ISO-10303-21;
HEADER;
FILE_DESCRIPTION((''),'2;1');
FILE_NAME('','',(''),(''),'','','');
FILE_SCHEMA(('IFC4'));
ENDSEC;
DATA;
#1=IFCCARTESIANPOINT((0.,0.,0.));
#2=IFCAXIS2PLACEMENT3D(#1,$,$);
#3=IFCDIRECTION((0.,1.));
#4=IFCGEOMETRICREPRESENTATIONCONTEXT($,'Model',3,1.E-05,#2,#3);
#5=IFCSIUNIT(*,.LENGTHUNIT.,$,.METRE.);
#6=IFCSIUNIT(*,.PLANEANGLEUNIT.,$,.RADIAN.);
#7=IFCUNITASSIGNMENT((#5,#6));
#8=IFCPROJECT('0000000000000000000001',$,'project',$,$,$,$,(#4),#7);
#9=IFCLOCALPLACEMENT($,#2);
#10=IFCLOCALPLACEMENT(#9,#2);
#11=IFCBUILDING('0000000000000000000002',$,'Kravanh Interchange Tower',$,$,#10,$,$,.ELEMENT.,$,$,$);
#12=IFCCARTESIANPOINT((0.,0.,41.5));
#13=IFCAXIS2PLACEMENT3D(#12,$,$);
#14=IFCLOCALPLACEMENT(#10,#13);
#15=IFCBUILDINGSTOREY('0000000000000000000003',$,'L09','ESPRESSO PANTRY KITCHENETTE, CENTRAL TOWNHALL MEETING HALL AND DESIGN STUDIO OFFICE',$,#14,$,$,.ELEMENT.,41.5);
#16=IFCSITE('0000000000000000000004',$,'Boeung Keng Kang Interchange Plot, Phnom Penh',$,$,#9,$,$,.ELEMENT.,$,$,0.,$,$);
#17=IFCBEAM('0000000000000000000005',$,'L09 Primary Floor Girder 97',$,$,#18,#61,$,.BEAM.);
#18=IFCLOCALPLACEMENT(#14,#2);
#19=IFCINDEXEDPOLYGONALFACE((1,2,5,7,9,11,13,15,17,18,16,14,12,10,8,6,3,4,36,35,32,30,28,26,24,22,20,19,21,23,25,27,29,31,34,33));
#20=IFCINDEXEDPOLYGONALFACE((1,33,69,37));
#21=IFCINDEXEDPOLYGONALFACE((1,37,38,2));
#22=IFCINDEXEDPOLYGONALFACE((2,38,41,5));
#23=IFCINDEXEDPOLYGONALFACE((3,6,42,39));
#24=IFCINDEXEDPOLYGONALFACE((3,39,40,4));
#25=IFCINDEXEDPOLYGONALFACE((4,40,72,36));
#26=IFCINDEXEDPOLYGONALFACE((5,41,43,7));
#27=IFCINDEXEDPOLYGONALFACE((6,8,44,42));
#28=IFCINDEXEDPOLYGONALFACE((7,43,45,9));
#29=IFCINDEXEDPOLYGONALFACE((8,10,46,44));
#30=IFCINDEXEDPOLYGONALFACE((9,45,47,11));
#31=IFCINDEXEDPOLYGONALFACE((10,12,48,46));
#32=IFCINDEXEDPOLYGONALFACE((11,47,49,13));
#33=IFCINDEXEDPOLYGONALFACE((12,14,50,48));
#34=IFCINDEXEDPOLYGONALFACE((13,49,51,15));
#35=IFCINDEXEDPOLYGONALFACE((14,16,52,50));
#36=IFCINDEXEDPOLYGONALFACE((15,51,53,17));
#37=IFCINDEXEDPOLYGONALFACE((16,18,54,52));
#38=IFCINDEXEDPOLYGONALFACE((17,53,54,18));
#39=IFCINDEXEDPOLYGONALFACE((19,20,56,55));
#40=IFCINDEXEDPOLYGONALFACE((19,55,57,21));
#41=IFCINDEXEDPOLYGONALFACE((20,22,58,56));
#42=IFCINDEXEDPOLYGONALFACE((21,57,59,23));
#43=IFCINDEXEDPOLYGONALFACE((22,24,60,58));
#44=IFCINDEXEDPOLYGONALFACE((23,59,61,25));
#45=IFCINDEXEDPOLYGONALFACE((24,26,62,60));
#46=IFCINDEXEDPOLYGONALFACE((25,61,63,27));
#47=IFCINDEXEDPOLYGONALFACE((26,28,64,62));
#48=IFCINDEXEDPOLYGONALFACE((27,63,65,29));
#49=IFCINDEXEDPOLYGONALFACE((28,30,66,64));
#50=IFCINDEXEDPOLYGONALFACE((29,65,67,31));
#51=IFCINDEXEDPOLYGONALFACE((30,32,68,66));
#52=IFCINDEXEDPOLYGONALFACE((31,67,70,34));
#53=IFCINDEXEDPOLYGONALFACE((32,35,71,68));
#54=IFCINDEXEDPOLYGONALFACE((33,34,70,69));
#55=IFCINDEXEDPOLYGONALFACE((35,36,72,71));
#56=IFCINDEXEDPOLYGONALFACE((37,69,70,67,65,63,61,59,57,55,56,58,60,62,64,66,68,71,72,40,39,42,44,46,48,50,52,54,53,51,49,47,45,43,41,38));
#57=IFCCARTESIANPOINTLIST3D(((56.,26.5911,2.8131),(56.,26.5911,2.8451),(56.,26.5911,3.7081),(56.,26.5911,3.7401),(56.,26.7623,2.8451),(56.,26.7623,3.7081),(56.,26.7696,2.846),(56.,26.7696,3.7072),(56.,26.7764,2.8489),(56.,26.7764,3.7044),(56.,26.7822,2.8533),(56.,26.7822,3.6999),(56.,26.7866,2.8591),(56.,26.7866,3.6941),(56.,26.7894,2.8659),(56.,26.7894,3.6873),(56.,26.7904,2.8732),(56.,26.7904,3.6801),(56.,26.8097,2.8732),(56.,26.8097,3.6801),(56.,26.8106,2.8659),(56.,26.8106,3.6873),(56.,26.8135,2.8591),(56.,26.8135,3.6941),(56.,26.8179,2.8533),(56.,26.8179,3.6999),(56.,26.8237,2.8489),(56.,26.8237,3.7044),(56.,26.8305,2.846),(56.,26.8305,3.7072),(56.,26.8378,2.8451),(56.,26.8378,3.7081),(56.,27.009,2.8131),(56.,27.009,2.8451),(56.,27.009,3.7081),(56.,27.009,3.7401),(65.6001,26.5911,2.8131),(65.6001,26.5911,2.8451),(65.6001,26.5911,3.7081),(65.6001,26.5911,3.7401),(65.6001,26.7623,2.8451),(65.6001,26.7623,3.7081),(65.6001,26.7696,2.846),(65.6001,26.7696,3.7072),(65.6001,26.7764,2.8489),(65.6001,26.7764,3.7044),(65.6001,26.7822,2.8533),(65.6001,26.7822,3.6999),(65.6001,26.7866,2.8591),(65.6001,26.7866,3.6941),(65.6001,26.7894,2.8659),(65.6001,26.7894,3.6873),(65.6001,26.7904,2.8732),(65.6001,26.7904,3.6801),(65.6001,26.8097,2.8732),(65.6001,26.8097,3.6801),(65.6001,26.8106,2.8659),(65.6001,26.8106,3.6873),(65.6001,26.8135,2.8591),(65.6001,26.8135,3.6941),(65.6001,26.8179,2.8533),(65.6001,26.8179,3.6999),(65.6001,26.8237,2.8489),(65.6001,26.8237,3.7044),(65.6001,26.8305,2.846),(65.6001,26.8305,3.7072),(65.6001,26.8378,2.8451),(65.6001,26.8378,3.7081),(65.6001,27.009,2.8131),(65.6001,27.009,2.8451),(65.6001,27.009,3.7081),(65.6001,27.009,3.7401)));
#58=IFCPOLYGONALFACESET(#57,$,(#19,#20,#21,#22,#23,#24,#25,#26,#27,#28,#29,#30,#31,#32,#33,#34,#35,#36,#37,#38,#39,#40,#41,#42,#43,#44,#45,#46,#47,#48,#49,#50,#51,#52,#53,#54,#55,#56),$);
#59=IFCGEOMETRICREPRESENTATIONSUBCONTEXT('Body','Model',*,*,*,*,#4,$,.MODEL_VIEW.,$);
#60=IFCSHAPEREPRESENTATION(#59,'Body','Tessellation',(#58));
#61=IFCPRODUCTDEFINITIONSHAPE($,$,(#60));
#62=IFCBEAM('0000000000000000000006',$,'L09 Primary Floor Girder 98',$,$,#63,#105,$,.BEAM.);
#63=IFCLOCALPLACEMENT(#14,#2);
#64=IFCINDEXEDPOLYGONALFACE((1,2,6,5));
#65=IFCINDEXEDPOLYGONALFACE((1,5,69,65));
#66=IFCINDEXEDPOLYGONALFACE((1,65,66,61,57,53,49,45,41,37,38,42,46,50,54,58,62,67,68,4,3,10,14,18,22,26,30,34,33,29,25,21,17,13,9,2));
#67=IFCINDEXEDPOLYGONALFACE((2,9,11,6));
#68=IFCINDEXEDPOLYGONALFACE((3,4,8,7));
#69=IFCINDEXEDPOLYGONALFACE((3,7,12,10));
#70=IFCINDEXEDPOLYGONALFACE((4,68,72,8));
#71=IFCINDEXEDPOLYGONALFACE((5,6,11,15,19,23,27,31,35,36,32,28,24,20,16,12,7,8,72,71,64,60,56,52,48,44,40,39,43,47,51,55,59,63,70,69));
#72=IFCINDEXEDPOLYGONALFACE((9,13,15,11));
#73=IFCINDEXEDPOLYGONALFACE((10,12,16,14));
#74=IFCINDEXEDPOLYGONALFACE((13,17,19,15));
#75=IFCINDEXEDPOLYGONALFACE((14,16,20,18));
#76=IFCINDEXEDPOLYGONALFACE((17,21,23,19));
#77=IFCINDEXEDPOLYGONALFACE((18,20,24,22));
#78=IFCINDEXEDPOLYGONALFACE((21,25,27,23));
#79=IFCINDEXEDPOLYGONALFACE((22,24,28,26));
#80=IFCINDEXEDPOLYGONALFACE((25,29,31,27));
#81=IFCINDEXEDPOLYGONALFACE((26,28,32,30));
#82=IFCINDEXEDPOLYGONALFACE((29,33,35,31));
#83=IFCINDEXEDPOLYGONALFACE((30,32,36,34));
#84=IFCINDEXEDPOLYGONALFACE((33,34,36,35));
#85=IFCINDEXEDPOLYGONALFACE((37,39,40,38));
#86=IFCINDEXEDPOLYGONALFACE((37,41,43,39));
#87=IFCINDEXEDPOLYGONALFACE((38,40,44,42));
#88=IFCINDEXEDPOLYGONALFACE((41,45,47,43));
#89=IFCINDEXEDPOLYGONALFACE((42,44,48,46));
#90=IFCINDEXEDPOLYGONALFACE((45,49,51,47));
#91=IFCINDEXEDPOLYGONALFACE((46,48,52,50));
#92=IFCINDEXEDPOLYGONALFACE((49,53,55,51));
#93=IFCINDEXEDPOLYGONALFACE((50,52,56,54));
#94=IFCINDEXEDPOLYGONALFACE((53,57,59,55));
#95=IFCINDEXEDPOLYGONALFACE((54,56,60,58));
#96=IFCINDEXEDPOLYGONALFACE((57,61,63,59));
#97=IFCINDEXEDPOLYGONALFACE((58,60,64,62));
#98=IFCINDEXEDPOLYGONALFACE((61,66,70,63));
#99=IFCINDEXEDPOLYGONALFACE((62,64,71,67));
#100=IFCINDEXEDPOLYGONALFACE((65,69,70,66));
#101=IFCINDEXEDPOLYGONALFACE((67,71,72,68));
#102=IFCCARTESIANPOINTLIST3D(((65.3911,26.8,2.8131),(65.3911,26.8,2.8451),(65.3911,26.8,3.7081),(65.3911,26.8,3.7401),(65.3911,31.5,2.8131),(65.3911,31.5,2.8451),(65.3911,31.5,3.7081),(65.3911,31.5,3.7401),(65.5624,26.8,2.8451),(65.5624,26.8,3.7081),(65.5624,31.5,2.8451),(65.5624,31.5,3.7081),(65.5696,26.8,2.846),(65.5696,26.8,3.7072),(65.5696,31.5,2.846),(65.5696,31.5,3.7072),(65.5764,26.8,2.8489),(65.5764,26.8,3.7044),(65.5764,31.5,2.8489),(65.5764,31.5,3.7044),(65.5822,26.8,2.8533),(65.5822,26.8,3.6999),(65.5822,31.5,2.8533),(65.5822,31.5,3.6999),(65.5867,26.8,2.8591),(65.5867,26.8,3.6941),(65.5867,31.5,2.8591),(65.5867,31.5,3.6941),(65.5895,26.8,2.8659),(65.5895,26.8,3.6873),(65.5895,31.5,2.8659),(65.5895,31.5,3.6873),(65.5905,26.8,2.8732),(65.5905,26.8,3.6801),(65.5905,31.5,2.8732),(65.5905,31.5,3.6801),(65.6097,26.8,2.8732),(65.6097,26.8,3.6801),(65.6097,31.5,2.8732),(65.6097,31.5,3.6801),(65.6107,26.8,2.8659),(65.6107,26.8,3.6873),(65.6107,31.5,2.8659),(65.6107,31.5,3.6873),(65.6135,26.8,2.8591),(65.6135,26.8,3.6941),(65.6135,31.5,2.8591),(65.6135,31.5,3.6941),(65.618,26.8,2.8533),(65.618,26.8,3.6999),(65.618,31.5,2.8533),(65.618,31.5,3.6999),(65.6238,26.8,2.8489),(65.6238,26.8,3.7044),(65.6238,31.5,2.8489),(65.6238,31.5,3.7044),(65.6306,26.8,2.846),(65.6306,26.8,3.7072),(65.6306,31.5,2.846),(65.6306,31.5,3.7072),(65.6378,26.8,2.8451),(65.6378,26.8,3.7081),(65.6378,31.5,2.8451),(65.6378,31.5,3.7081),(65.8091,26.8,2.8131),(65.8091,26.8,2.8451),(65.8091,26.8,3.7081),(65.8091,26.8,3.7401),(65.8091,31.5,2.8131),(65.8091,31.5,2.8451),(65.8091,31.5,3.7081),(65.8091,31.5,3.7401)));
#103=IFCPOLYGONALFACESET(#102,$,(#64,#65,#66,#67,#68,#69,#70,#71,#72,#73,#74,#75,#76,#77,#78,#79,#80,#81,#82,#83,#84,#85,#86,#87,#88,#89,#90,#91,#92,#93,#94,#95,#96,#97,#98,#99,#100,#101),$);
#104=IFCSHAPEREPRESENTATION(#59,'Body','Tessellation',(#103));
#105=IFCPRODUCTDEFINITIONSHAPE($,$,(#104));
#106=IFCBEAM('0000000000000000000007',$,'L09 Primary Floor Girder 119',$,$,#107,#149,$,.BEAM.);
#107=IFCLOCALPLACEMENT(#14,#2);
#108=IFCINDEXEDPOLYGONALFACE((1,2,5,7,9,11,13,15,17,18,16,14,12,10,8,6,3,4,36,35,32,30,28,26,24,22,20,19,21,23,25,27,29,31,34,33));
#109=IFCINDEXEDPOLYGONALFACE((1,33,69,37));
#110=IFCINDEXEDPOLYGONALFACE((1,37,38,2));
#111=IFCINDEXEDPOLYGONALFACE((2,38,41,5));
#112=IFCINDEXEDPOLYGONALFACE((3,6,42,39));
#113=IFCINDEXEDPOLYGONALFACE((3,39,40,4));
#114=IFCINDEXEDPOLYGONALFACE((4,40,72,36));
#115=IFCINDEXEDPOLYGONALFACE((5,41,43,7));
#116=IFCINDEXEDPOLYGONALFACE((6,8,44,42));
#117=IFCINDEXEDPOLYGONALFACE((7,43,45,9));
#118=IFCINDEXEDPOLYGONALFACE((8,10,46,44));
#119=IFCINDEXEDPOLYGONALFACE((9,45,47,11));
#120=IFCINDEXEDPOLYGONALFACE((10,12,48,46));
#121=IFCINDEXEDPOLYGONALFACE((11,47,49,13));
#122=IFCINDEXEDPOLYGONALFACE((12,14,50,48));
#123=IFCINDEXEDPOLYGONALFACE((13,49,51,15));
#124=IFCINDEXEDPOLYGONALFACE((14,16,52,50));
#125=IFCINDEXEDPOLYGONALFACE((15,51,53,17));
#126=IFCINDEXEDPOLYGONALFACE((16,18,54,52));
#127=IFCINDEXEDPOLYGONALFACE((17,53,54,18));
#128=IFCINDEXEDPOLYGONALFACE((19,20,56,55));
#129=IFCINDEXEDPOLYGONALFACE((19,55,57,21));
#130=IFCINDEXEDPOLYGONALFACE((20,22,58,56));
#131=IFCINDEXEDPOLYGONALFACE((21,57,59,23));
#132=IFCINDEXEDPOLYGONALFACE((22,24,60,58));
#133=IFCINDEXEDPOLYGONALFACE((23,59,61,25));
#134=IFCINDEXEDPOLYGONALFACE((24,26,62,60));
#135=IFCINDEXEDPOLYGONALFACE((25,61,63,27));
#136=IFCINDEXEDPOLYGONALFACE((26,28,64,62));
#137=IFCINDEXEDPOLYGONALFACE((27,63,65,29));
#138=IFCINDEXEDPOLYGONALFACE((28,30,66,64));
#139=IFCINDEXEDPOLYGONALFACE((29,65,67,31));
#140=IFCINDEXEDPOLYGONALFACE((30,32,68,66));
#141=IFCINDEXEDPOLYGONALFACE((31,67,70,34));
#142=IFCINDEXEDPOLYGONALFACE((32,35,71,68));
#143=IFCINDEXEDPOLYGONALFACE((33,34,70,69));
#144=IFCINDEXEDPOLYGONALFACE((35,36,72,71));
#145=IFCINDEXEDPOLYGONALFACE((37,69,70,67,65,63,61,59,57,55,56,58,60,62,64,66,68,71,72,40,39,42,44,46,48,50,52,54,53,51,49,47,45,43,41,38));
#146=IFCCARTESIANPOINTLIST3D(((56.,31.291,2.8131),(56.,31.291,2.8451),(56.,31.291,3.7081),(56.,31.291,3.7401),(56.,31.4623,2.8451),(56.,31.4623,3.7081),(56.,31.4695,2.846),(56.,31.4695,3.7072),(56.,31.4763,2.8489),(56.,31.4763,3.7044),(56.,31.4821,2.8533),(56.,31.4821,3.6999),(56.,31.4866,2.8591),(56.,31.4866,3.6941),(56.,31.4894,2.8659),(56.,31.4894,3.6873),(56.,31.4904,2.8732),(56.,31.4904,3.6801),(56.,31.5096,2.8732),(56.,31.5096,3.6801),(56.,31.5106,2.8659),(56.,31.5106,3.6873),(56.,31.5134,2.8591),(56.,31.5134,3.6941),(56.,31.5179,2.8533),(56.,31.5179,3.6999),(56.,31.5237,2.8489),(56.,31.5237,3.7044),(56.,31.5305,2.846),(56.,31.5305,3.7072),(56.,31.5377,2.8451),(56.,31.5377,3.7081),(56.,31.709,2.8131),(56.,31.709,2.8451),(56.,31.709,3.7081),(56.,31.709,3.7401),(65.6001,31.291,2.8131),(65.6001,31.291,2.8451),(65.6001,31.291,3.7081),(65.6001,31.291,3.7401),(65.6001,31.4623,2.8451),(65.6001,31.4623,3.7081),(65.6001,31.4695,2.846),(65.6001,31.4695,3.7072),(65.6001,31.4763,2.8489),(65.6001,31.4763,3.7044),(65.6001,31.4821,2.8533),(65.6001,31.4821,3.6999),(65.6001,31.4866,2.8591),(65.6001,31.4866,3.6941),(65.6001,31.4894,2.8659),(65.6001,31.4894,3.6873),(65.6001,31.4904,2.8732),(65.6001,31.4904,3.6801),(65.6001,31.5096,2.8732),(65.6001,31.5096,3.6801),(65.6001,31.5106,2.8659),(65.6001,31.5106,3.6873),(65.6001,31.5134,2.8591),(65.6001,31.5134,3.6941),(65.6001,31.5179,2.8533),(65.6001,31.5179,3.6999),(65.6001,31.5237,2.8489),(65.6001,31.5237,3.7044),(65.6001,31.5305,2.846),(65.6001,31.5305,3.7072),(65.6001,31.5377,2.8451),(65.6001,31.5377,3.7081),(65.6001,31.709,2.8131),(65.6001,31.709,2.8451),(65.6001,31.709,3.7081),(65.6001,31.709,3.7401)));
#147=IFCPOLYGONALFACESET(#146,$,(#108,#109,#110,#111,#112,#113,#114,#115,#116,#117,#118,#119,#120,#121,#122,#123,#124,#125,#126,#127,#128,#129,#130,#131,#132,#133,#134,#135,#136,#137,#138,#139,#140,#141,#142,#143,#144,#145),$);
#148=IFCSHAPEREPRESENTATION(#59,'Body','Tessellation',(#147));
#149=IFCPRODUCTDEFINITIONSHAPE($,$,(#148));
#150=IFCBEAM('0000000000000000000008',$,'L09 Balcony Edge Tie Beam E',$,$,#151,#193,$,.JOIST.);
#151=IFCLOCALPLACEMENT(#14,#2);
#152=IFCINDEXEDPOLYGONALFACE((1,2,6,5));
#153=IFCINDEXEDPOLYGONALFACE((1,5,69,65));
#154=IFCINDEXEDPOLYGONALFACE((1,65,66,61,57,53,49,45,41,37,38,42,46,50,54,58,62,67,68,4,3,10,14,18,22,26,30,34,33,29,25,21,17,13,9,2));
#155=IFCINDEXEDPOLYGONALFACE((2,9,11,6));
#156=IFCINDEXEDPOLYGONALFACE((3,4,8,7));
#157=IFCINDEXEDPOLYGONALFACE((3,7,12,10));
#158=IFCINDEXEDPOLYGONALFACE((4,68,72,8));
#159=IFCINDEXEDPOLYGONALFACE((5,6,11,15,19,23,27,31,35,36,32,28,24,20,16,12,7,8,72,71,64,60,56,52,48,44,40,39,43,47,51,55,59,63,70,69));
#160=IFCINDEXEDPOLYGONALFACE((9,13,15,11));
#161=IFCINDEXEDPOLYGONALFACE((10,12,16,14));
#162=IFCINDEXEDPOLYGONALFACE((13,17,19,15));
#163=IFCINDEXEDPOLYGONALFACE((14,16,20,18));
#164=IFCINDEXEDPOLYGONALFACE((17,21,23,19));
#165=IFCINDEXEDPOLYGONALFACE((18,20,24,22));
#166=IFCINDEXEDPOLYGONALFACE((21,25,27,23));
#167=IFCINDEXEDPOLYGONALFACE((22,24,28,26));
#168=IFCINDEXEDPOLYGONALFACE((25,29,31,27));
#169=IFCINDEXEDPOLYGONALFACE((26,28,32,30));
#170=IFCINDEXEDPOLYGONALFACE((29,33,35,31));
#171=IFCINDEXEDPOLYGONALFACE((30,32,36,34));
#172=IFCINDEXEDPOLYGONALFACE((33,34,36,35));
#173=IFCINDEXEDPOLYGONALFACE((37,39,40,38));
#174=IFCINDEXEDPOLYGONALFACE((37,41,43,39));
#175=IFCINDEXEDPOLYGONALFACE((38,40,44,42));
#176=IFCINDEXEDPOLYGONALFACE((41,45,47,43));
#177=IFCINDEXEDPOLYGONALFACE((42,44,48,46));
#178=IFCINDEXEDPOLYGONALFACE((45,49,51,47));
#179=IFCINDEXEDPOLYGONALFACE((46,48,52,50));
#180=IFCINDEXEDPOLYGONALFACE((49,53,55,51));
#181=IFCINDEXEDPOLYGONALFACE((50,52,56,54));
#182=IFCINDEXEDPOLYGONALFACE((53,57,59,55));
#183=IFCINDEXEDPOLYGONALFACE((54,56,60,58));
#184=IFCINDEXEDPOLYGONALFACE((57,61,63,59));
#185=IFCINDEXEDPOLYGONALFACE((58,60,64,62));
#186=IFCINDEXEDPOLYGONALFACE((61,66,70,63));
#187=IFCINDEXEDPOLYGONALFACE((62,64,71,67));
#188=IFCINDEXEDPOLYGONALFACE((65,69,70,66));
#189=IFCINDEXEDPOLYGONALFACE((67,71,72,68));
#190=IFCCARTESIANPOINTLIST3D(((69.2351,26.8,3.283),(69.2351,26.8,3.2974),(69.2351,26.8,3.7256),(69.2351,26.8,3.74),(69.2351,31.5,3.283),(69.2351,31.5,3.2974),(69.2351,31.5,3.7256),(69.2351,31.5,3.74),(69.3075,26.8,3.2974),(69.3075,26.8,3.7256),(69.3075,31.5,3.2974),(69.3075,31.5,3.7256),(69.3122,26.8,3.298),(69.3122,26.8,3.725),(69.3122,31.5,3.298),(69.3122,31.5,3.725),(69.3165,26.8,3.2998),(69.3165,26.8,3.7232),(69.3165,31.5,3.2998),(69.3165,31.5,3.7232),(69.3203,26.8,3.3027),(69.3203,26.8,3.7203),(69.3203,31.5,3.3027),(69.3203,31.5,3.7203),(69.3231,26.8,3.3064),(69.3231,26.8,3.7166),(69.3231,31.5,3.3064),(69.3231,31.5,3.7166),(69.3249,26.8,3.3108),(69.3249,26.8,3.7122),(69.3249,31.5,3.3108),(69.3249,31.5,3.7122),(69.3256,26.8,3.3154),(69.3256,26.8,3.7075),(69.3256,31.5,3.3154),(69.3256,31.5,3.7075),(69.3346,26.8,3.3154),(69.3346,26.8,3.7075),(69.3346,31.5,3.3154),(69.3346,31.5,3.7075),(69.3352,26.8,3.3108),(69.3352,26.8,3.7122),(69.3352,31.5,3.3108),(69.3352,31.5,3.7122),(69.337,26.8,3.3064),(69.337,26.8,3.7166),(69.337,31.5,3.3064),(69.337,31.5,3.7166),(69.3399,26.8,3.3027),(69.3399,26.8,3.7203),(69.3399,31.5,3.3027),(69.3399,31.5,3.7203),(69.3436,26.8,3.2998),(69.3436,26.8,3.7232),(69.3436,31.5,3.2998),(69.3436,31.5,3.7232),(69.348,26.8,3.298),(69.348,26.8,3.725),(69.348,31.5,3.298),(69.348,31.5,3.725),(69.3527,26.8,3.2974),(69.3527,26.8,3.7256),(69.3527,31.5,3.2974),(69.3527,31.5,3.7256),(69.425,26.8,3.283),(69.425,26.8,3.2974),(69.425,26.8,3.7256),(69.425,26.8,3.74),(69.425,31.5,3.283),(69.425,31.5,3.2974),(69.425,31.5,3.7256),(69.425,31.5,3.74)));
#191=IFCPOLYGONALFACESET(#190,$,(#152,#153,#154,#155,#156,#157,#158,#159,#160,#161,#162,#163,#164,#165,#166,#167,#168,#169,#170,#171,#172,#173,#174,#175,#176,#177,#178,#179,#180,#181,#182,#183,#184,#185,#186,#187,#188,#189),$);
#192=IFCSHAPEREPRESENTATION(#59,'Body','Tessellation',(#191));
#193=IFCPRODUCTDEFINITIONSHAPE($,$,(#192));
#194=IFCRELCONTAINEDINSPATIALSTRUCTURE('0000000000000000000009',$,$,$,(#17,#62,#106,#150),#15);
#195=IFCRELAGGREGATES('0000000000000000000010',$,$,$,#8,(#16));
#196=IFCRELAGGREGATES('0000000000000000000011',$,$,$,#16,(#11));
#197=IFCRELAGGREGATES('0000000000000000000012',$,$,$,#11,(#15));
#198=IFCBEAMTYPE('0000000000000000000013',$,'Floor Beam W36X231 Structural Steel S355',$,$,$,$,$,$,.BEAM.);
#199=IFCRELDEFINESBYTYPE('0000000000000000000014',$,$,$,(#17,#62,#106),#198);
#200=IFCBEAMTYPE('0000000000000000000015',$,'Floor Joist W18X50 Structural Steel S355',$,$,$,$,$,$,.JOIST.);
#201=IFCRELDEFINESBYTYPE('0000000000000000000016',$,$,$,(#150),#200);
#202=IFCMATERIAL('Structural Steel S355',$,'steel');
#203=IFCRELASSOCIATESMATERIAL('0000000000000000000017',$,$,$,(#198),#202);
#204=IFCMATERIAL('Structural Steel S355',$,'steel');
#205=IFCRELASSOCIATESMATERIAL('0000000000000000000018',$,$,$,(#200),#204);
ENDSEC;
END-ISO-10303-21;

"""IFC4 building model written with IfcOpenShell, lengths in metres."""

from ifc_helpers import new_model, si_unit, direction, frame, origin, origin_2d, place, context, subcontext, project, spatial, i_section, extrude, material, material_profile, profile_set, type_object, element, save


model = new_model("IFC4")

# Units and contexts
model_context = context("Model", 3, precision=1e-05, world=origin(), true_north=direction((0.0, 1.0)))
body_context = subcontext(model_context, "Body", "Model", "MODEL_VIEW")
ifc_project = project(units=[si_unit("LENGTHUNIT", "METRE"), si_unit("PLANEANGLEUNIT", "RADIAN")], contexts=[model_context])

# Site, building, storey
site_placement = place(None, origin())
site = spatial("IfcSite", under=ifc_project, at=site_placement, Name="Boeung Keng Kang Interchange Plot, Phnom Penh", CompositionType="ELEMENT", RefElevation=0.0)
building_placement = place(site_placement, origin())
building = spatial("IfcBuilding", under=site, at=building_placement, Name="Kravanh Interchange Tower", CompositionType="ELEMENT")
storey_placement = place(building_placement, frame((0.0, 0.0, 41.5)))
storey = spatial("IfcBuildingStorey", under=building, at=storey_placement, Name="L09", Description="ESPRESSO PANTRY KITCHENETTE, CENTRAL TOWNHALL MEETING HALL AND DESIGN STUDIO OFFICE", CompositionType="ELEMENT", Elevation=41.5)

# Beams
ifc_material_1 = material(Name="Structural Steel S355", Category="steel")
ifc_material_profile_1 = material_profile(ifc_material_1, i_section(OverallWidth=0.418, OverallDepth=0.927, WebThickness=0.0193, FlangeThickness=0.032, FilletRadius=0.0281, at=origin_2d()), Name="W36X231")
ifc_profile_set_1 = profile_set([ifc_material_profile_1], Name="Structural Steel S355")
beam_type_1 = type_object("IfcBeamType", Name="Floor Beam W36X231 Structural Steel S355", PredefinedType="BEAM", material=ifc_profile_set_1)
beam_1_placement = place(storey_placement, frame((56.0, 26.8, 3.2766), z_axis=(1.0, 0.0, 0.0), x_axis=(0.0, 1.0, 0.0)))
element("IfcBeam", 1, at=beam_1_placement, inside=storey, type_object=beam_type_1, Name="L09 Primary Floor Girder 97", PredefinedType="BEAM", context=body_context, shape_type="SweptSolid", body=[
    extrude(i_section(OverallWidth=0.418, OverallDepth=0.927, WebThickness=0.0193, FlangeThickness=0.032, FilletRadius=0.0281, at=origin_2d()), origin(), (0.0, 0.0, 1.0), 9.6001),
])
beam_2_placement = place(storey_placement, frame((65.6001, 26.8, 3.2766), z_axis=(0.0, 1.0, 0.0), x_axis=(-1.0, 0.0, 0.0)))
element("IfcBeam", 2, at=beam_2_placement, inside=storey, type_object=beam_type_1, Name="L09 Primary Floor Girder 98", PredefinedType="BEAM", context=body_context, shape_type="SweptSolid", body=[
    extrude(i_section(OverallWidth=0.418, OverallDepth=0.927, WebThickness=0.0193, FlangeThickness=0.032, FilletRadius=0.0281, at=origin_2d()), origin(), (0.0, 0.0, 1.0), 4.7),
])
beam_3_placement = place(storey_placement, frame((56.0, 31.5, 3.2766), z_axis=(1.0, 0.0, 0.0), x_axis=(0.0, 1.0, 0.0)))
element("IfcBeam", 3, at=beam_3_placement, inside=storey, type_object=beam_type_1, Name="L09 Primary Floor Girder 119", PredefinedType="BEAM", context=body_context, shape_type="SweptSolid", body=[
    extrude(i_section(OverallWidth=0.418, OverallDepth=0.927, WebThickness=0.0193, FlangeThickness=0.032, FilletRadius=0.0281, at=origin_2d()), origin(), (0.0, 0.0, 1.0), 9.6001),
])
ifc_material_2 = material(Name="Structural Steel S355", Category="steel")
ifc_material_profile_2 = material_profile(ifc_material_2, i_section(OverallWidth=0.1899, OverallDepth=0.457, WebThickness=0.009, FlangeThickness=0.0144, FilletRadius=0.0181, at=origin_2d()), Name="W18X50")
ifc_profile_set_2 = profile_set([ifc_material_profile_2], Name="Structural Steel S355")
beam_type_2 = type_object("IfcBeamType", Name="Floor Joist W18X50 Structural Steel S355", PredefinedType="JOIST", material=ifc_profile_set_2)
beam_4_placement = place(storey_placement, frame((69.3301, 26.8, 3.5115), z_axis=(0.0, 1.0, 0.0), x_axis=(-1.0, 0.0, 0.0)))
element("IfcBeam", 4, at=beam_4_placement, inside=storey, type_object=beam_type_2, Name="L09 Balcony Edge Tie Beam E", PredefinedType="JOIST", context=body_context, shape_type="SweptSolid", body=[
    extrude(i_section(OverallWidth=0.1899, OverallDepth=0.457, WebThickness=0.009, FlangeThickness=0.0144, FilletRadius=0.0181, at=origin_2d()), origin(), (0.0, 0.0, 1.0), 4.7),
])

save(model, "model.ifc")
